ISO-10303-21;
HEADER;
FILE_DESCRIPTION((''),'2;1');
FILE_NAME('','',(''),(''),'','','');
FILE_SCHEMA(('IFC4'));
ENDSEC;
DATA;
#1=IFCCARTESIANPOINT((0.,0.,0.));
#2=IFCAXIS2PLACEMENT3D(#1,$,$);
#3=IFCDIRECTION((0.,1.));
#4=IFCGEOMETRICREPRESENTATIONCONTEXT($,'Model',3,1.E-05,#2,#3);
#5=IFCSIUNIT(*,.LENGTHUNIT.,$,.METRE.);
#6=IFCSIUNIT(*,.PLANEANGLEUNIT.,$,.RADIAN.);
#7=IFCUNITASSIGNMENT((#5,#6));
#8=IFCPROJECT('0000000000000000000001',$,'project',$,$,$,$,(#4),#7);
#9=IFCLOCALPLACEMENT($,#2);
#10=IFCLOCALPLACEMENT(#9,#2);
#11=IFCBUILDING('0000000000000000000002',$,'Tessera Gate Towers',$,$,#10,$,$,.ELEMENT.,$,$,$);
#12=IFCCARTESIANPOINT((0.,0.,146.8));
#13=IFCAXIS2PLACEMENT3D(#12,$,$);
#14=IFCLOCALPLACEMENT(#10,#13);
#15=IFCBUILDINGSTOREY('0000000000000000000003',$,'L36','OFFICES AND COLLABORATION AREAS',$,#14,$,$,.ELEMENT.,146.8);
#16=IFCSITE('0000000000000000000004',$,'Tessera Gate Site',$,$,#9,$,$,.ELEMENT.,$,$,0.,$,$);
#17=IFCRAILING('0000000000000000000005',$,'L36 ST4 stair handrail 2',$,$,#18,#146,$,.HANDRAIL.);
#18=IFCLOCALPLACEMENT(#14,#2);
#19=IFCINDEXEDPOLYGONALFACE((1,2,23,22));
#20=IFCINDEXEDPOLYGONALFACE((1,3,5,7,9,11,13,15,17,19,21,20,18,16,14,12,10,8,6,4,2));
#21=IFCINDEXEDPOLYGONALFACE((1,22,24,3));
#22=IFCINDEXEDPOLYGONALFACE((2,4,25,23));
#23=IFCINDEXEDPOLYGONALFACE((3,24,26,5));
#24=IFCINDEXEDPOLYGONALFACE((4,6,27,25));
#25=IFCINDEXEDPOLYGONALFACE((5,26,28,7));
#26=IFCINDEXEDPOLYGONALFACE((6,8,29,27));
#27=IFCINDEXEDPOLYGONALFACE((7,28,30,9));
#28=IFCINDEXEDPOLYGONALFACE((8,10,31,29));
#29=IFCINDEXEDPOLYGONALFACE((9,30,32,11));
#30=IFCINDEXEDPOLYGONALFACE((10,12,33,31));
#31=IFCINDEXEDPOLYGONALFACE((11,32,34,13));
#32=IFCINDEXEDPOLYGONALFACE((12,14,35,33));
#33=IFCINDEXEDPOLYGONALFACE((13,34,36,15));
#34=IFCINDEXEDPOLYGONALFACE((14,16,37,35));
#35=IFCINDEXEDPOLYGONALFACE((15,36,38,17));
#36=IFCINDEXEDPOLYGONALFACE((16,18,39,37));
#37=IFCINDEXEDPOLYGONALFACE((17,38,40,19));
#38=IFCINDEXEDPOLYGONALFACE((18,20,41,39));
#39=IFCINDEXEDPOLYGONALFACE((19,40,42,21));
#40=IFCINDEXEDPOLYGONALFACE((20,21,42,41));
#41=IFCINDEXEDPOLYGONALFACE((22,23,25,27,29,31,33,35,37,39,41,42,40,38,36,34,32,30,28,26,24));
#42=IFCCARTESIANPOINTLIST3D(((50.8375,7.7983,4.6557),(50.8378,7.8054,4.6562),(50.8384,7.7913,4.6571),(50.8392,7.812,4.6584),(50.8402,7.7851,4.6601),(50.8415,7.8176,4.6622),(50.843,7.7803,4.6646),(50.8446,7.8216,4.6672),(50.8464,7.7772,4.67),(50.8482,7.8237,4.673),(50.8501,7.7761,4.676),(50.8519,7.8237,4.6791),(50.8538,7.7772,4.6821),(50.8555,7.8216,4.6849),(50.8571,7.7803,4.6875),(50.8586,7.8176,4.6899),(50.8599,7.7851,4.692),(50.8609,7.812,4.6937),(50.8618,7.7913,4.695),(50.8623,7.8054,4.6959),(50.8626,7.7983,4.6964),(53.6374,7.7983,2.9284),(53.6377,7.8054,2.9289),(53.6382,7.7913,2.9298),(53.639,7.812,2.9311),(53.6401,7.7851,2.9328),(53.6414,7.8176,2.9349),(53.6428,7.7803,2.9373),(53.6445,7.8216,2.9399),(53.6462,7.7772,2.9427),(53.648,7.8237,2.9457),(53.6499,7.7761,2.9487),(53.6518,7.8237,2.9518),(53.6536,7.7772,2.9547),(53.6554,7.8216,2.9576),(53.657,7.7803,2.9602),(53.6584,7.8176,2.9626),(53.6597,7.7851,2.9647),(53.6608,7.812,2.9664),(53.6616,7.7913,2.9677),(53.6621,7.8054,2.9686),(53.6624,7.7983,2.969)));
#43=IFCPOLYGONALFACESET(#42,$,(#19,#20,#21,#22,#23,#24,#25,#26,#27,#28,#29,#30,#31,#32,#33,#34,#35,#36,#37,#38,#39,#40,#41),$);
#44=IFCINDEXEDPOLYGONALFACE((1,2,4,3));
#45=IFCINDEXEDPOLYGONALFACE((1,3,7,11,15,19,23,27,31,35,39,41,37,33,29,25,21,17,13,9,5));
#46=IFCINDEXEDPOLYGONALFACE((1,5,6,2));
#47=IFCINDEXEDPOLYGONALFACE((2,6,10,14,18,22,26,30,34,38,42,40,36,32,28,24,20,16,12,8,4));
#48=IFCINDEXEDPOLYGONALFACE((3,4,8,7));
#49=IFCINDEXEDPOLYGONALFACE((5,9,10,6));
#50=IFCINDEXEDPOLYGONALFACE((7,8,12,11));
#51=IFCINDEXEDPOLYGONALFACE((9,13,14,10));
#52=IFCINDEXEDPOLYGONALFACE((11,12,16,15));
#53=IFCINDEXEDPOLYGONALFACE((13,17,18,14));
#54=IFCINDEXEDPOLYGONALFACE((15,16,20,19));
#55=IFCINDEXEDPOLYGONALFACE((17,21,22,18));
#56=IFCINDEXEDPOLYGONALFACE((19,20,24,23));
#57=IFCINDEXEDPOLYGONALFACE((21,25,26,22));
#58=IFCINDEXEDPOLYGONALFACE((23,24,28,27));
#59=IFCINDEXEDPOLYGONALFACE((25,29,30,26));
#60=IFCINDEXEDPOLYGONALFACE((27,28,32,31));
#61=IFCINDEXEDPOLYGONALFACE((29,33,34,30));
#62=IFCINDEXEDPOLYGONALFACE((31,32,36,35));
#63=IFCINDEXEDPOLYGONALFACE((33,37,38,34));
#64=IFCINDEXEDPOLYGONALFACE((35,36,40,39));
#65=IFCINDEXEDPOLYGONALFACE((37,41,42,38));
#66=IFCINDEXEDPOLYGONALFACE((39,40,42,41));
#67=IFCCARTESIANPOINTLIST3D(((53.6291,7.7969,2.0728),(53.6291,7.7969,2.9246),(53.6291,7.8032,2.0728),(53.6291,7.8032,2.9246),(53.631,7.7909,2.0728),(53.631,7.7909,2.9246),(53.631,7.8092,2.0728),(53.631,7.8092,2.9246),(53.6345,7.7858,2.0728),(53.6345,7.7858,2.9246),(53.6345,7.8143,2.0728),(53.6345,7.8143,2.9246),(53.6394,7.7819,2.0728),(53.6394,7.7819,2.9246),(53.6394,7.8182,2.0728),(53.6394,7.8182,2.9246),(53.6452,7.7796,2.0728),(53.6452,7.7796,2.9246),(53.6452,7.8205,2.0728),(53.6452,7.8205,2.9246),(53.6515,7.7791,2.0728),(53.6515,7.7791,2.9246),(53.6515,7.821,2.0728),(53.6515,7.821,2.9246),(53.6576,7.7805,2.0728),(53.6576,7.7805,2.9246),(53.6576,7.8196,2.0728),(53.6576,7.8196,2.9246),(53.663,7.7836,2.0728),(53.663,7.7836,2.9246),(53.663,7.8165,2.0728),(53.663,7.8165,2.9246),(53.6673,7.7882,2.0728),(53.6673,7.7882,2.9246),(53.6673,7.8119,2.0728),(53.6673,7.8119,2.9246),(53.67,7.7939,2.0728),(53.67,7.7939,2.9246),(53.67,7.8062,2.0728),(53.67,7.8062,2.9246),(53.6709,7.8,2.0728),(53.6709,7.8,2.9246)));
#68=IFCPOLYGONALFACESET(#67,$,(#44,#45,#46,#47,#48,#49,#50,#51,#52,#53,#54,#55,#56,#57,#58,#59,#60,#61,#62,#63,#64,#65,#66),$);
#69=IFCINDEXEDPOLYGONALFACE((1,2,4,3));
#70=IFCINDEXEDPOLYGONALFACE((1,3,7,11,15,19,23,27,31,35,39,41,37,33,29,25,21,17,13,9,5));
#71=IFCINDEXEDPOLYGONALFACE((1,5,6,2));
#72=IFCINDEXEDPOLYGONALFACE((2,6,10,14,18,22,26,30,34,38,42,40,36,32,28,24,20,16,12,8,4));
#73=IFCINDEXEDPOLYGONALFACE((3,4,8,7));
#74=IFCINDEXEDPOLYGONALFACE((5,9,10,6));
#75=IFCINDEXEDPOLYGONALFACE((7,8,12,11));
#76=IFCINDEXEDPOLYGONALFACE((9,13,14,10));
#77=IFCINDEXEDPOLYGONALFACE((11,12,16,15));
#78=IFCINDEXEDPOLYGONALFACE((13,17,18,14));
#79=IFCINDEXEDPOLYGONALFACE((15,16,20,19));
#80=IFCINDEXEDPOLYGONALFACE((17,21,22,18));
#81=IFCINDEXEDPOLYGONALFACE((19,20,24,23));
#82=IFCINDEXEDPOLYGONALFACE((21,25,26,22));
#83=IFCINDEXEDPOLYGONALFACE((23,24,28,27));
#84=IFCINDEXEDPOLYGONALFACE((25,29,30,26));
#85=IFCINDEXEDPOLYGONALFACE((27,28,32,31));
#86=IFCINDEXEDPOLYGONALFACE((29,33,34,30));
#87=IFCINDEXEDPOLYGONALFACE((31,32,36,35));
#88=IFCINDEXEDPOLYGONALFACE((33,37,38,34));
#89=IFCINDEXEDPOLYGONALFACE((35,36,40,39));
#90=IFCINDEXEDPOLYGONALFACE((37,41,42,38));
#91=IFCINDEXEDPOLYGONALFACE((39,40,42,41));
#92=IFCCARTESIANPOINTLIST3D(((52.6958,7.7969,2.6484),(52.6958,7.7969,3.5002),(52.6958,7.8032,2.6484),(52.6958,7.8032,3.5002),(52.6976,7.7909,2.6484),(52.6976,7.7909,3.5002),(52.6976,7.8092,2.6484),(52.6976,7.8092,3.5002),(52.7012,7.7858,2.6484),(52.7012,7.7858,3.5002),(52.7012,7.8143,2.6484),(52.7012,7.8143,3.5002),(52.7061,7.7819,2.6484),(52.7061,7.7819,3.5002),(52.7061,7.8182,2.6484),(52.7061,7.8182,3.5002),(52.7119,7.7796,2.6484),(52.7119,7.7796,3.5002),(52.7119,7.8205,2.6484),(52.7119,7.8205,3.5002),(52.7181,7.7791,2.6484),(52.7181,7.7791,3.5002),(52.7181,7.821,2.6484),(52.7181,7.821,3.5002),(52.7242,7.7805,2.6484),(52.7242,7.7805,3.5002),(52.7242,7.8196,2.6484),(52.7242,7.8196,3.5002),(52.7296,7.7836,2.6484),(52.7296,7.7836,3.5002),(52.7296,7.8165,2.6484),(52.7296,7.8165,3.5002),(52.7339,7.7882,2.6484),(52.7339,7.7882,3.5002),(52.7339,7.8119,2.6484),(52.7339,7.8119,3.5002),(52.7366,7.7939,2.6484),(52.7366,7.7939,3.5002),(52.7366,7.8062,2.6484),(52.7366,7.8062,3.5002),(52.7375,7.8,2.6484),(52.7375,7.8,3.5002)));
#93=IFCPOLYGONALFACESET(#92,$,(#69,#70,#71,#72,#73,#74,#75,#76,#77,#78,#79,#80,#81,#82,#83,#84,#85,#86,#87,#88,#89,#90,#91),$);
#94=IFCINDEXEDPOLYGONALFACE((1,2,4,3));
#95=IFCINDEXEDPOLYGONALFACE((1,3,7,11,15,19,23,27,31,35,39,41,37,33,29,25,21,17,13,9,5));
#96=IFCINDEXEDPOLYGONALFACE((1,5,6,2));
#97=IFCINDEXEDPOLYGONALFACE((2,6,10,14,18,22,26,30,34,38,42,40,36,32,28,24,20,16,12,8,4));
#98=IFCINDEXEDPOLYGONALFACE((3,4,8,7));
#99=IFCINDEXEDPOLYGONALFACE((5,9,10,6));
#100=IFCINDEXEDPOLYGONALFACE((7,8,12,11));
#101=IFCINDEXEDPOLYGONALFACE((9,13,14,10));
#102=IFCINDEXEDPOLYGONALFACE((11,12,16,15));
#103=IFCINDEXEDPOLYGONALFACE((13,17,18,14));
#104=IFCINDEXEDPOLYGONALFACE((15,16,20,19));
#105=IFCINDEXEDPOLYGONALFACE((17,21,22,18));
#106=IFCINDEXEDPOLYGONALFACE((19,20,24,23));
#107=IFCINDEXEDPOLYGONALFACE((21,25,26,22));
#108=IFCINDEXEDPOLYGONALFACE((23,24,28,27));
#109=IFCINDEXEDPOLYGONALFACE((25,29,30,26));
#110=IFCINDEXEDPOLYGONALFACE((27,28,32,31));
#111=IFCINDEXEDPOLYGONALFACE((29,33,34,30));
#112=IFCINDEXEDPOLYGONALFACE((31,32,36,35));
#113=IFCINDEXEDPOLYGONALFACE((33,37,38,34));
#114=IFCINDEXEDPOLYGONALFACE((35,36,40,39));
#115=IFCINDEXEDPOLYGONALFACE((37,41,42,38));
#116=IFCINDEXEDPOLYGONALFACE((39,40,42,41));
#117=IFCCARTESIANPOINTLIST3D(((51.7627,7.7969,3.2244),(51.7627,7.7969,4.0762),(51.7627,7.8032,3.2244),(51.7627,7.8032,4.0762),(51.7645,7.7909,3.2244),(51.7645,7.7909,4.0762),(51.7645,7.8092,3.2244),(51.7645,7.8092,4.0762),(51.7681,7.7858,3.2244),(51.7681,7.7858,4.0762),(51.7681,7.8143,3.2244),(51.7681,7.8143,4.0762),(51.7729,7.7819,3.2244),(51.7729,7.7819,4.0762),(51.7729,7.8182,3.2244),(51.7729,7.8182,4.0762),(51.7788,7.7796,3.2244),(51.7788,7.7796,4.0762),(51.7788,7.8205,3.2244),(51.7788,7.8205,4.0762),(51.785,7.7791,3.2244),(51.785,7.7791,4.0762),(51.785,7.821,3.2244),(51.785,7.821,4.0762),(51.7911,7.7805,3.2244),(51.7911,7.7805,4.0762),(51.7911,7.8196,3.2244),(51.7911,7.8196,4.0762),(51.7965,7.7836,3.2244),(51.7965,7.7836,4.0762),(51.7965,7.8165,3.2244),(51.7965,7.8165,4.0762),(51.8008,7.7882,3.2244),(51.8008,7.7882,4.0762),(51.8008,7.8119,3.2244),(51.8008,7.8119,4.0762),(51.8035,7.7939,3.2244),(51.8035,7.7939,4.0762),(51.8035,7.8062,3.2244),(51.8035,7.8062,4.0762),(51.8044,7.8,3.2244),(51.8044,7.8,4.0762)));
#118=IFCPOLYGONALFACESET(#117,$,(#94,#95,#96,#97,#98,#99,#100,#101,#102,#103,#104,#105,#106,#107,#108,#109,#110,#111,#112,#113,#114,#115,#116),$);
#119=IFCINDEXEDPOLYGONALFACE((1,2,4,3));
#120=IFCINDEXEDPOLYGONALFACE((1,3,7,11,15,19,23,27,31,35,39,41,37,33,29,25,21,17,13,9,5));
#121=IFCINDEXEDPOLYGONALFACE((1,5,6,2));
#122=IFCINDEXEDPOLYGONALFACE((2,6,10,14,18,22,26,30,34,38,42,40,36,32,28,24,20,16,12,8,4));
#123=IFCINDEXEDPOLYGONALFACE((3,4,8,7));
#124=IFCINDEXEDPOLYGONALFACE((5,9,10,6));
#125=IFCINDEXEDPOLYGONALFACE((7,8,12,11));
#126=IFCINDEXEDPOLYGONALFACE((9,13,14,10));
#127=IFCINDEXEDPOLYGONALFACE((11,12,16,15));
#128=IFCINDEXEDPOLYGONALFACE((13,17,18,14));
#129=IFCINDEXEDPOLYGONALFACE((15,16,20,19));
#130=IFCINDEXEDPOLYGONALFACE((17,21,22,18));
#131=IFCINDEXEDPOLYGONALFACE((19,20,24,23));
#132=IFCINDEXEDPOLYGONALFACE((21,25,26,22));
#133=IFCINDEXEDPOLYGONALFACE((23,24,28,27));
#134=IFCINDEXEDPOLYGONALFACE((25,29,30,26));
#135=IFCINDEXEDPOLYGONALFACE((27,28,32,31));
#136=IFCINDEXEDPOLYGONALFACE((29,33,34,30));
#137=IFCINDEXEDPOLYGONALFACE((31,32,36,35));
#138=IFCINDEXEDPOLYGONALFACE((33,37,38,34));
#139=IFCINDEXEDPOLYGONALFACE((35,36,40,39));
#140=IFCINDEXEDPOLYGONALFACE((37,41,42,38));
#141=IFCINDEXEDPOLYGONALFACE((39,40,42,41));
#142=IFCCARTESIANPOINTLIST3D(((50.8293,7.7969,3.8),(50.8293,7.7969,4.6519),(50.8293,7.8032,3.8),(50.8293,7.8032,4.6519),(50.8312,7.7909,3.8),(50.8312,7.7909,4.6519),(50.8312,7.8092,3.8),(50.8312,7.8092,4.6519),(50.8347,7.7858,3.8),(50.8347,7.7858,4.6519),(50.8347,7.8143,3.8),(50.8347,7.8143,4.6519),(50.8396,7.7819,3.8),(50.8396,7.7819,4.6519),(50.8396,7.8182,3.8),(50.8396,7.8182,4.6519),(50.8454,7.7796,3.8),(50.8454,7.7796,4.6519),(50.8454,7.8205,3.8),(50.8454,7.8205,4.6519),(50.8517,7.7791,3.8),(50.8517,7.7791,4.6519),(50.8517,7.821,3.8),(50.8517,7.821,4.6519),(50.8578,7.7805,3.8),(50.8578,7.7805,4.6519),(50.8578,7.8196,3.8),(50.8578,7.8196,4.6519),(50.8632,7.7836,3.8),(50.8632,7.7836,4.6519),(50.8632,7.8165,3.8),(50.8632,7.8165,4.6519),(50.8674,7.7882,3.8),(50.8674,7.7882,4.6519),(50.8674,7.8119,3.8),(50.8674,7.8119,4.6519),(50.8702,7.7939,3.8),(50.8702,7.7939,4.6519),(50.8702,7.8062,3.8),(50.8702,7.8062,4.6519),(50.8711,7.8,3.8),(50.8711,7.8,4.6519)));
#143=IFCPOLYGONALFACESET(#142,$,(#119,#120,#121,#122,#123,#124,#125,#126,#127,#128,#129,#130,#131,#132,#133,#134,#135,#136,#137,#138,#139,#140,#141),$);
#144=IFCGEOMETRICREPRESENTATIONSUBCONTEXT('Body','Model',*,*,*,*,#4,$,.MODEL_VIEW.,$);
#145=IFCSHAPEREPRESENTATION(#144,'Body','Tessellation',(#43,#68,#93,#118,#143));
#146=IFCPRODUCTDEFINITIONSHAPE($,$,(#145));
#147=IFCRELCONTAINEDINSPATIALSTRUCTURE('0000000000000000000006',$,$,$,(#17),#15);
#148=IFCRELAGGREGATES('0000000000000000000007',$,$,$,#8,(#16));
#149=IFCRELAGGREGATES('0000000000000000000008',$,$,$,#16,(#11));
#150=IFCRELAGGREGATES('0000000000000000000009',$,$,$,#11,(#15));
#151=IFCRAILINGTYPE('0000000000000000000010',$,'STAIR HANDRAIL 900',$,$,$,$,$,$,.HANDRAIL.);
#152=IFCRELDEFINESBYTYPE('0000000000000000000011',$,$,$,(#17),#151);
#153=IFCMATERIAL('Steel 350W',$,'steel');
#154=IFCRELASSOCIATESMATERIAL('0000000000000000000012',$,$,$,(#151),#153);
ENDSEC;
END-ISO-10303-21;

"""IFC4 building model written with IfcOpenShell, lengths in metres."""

from ifc_helpers import new_model, si_unit, direction, frame, origin, origin_2d, place, context, subcontext, project, spatial, circle, extrude, material, type_object, element, save


model = new_model("IFC4")

# Units and contexts
model_context = context("Model", 3, precision=1e-05, world=origin(), true_north=direction((0.0, 1.0)))
body_context = subcontext(model_context, "Body", "Model", "MODEL_VIEW")
ifc_project = project(units=[si_unit("LENGTHUNIT", "METRE"), si_unit("PLANEANGLEUNIT", "RADIAN")], contexts=[model_context])

# Site, building, storey
site_placement = place(None, origin())
site = spatial("IfcSite", under=ifc_project, at=site_placement, Name="Tessera Gate Site", CompositionType="ELEMENT", RefElevation=0.0)
building_placement = place(site_placement, origin())
building = spatial("IfcBuilding", under=site, at=building_placement, Name="Tessera Gate Towers", CompositionType="ELEMENT")
storey_placement = place(building_placement, frame((0.0, 0.0, 146.8)))
storey = spatial("IfcBuildingStorey", under=building, at=storey_placement, Name="L36", Description="OFFICES AND COLLABORATION AREAS", CompositionType="ELEMENT", Elevation=146.8)

# Railing
ifc_material_1 = material(Name="Steel 350W", Category="steel")
railing_type_1 = type_object("IfcRailingType", Name="STAIR HANDRAIL 900", PredefinedType="HANDRAIL", material=ifc_material_1)
railing_1_placement = place(storey_placement, frame((53.6499, 7.8, 2.0728)))
element("IfcRailing", 1, at=railing_1_placement, inside=storey, type_object=railing_type_1, Name="L36 ST4 stair handrail 2", PredefinedType="HANDRAIL", context=body_context, shape_type="SweptSolid", body=[
    extrude(circle(Radius=0.0239, at=origin_2d()), frame((0.0, 0.0, 0.876), z_axis=(-0.851069, 0.0, 0.525054), x_axis=(0.0, -1.0, 0.0)), (0.0, 0.0, 1.0), 3.2898),
    extrude(circle(Radius=0.021, at=origin_2d()), origin(), (0.0, 0.0, 1.0), 0.8518),
    extrude(circle(Radius=0.021, at=origin_2d()), frame((-0.9333, 0.0, 0.5757)), (0.0, 0.0, 1.0), 0.8518),
    extrude(circle(Radius=0.021, at=origin_2d()), frame((-1.8665, 0.0, 1.1516)), (0.0, 0.0, 1.0), 0.8518),
    extrude(circle(Radius=0.021, at=origin_2d()), frame((-2.7998, 0.0, 1.7273)), (0.0, 0.0, 1.0), 0.8518),
])

save(model, "model.ifc")
